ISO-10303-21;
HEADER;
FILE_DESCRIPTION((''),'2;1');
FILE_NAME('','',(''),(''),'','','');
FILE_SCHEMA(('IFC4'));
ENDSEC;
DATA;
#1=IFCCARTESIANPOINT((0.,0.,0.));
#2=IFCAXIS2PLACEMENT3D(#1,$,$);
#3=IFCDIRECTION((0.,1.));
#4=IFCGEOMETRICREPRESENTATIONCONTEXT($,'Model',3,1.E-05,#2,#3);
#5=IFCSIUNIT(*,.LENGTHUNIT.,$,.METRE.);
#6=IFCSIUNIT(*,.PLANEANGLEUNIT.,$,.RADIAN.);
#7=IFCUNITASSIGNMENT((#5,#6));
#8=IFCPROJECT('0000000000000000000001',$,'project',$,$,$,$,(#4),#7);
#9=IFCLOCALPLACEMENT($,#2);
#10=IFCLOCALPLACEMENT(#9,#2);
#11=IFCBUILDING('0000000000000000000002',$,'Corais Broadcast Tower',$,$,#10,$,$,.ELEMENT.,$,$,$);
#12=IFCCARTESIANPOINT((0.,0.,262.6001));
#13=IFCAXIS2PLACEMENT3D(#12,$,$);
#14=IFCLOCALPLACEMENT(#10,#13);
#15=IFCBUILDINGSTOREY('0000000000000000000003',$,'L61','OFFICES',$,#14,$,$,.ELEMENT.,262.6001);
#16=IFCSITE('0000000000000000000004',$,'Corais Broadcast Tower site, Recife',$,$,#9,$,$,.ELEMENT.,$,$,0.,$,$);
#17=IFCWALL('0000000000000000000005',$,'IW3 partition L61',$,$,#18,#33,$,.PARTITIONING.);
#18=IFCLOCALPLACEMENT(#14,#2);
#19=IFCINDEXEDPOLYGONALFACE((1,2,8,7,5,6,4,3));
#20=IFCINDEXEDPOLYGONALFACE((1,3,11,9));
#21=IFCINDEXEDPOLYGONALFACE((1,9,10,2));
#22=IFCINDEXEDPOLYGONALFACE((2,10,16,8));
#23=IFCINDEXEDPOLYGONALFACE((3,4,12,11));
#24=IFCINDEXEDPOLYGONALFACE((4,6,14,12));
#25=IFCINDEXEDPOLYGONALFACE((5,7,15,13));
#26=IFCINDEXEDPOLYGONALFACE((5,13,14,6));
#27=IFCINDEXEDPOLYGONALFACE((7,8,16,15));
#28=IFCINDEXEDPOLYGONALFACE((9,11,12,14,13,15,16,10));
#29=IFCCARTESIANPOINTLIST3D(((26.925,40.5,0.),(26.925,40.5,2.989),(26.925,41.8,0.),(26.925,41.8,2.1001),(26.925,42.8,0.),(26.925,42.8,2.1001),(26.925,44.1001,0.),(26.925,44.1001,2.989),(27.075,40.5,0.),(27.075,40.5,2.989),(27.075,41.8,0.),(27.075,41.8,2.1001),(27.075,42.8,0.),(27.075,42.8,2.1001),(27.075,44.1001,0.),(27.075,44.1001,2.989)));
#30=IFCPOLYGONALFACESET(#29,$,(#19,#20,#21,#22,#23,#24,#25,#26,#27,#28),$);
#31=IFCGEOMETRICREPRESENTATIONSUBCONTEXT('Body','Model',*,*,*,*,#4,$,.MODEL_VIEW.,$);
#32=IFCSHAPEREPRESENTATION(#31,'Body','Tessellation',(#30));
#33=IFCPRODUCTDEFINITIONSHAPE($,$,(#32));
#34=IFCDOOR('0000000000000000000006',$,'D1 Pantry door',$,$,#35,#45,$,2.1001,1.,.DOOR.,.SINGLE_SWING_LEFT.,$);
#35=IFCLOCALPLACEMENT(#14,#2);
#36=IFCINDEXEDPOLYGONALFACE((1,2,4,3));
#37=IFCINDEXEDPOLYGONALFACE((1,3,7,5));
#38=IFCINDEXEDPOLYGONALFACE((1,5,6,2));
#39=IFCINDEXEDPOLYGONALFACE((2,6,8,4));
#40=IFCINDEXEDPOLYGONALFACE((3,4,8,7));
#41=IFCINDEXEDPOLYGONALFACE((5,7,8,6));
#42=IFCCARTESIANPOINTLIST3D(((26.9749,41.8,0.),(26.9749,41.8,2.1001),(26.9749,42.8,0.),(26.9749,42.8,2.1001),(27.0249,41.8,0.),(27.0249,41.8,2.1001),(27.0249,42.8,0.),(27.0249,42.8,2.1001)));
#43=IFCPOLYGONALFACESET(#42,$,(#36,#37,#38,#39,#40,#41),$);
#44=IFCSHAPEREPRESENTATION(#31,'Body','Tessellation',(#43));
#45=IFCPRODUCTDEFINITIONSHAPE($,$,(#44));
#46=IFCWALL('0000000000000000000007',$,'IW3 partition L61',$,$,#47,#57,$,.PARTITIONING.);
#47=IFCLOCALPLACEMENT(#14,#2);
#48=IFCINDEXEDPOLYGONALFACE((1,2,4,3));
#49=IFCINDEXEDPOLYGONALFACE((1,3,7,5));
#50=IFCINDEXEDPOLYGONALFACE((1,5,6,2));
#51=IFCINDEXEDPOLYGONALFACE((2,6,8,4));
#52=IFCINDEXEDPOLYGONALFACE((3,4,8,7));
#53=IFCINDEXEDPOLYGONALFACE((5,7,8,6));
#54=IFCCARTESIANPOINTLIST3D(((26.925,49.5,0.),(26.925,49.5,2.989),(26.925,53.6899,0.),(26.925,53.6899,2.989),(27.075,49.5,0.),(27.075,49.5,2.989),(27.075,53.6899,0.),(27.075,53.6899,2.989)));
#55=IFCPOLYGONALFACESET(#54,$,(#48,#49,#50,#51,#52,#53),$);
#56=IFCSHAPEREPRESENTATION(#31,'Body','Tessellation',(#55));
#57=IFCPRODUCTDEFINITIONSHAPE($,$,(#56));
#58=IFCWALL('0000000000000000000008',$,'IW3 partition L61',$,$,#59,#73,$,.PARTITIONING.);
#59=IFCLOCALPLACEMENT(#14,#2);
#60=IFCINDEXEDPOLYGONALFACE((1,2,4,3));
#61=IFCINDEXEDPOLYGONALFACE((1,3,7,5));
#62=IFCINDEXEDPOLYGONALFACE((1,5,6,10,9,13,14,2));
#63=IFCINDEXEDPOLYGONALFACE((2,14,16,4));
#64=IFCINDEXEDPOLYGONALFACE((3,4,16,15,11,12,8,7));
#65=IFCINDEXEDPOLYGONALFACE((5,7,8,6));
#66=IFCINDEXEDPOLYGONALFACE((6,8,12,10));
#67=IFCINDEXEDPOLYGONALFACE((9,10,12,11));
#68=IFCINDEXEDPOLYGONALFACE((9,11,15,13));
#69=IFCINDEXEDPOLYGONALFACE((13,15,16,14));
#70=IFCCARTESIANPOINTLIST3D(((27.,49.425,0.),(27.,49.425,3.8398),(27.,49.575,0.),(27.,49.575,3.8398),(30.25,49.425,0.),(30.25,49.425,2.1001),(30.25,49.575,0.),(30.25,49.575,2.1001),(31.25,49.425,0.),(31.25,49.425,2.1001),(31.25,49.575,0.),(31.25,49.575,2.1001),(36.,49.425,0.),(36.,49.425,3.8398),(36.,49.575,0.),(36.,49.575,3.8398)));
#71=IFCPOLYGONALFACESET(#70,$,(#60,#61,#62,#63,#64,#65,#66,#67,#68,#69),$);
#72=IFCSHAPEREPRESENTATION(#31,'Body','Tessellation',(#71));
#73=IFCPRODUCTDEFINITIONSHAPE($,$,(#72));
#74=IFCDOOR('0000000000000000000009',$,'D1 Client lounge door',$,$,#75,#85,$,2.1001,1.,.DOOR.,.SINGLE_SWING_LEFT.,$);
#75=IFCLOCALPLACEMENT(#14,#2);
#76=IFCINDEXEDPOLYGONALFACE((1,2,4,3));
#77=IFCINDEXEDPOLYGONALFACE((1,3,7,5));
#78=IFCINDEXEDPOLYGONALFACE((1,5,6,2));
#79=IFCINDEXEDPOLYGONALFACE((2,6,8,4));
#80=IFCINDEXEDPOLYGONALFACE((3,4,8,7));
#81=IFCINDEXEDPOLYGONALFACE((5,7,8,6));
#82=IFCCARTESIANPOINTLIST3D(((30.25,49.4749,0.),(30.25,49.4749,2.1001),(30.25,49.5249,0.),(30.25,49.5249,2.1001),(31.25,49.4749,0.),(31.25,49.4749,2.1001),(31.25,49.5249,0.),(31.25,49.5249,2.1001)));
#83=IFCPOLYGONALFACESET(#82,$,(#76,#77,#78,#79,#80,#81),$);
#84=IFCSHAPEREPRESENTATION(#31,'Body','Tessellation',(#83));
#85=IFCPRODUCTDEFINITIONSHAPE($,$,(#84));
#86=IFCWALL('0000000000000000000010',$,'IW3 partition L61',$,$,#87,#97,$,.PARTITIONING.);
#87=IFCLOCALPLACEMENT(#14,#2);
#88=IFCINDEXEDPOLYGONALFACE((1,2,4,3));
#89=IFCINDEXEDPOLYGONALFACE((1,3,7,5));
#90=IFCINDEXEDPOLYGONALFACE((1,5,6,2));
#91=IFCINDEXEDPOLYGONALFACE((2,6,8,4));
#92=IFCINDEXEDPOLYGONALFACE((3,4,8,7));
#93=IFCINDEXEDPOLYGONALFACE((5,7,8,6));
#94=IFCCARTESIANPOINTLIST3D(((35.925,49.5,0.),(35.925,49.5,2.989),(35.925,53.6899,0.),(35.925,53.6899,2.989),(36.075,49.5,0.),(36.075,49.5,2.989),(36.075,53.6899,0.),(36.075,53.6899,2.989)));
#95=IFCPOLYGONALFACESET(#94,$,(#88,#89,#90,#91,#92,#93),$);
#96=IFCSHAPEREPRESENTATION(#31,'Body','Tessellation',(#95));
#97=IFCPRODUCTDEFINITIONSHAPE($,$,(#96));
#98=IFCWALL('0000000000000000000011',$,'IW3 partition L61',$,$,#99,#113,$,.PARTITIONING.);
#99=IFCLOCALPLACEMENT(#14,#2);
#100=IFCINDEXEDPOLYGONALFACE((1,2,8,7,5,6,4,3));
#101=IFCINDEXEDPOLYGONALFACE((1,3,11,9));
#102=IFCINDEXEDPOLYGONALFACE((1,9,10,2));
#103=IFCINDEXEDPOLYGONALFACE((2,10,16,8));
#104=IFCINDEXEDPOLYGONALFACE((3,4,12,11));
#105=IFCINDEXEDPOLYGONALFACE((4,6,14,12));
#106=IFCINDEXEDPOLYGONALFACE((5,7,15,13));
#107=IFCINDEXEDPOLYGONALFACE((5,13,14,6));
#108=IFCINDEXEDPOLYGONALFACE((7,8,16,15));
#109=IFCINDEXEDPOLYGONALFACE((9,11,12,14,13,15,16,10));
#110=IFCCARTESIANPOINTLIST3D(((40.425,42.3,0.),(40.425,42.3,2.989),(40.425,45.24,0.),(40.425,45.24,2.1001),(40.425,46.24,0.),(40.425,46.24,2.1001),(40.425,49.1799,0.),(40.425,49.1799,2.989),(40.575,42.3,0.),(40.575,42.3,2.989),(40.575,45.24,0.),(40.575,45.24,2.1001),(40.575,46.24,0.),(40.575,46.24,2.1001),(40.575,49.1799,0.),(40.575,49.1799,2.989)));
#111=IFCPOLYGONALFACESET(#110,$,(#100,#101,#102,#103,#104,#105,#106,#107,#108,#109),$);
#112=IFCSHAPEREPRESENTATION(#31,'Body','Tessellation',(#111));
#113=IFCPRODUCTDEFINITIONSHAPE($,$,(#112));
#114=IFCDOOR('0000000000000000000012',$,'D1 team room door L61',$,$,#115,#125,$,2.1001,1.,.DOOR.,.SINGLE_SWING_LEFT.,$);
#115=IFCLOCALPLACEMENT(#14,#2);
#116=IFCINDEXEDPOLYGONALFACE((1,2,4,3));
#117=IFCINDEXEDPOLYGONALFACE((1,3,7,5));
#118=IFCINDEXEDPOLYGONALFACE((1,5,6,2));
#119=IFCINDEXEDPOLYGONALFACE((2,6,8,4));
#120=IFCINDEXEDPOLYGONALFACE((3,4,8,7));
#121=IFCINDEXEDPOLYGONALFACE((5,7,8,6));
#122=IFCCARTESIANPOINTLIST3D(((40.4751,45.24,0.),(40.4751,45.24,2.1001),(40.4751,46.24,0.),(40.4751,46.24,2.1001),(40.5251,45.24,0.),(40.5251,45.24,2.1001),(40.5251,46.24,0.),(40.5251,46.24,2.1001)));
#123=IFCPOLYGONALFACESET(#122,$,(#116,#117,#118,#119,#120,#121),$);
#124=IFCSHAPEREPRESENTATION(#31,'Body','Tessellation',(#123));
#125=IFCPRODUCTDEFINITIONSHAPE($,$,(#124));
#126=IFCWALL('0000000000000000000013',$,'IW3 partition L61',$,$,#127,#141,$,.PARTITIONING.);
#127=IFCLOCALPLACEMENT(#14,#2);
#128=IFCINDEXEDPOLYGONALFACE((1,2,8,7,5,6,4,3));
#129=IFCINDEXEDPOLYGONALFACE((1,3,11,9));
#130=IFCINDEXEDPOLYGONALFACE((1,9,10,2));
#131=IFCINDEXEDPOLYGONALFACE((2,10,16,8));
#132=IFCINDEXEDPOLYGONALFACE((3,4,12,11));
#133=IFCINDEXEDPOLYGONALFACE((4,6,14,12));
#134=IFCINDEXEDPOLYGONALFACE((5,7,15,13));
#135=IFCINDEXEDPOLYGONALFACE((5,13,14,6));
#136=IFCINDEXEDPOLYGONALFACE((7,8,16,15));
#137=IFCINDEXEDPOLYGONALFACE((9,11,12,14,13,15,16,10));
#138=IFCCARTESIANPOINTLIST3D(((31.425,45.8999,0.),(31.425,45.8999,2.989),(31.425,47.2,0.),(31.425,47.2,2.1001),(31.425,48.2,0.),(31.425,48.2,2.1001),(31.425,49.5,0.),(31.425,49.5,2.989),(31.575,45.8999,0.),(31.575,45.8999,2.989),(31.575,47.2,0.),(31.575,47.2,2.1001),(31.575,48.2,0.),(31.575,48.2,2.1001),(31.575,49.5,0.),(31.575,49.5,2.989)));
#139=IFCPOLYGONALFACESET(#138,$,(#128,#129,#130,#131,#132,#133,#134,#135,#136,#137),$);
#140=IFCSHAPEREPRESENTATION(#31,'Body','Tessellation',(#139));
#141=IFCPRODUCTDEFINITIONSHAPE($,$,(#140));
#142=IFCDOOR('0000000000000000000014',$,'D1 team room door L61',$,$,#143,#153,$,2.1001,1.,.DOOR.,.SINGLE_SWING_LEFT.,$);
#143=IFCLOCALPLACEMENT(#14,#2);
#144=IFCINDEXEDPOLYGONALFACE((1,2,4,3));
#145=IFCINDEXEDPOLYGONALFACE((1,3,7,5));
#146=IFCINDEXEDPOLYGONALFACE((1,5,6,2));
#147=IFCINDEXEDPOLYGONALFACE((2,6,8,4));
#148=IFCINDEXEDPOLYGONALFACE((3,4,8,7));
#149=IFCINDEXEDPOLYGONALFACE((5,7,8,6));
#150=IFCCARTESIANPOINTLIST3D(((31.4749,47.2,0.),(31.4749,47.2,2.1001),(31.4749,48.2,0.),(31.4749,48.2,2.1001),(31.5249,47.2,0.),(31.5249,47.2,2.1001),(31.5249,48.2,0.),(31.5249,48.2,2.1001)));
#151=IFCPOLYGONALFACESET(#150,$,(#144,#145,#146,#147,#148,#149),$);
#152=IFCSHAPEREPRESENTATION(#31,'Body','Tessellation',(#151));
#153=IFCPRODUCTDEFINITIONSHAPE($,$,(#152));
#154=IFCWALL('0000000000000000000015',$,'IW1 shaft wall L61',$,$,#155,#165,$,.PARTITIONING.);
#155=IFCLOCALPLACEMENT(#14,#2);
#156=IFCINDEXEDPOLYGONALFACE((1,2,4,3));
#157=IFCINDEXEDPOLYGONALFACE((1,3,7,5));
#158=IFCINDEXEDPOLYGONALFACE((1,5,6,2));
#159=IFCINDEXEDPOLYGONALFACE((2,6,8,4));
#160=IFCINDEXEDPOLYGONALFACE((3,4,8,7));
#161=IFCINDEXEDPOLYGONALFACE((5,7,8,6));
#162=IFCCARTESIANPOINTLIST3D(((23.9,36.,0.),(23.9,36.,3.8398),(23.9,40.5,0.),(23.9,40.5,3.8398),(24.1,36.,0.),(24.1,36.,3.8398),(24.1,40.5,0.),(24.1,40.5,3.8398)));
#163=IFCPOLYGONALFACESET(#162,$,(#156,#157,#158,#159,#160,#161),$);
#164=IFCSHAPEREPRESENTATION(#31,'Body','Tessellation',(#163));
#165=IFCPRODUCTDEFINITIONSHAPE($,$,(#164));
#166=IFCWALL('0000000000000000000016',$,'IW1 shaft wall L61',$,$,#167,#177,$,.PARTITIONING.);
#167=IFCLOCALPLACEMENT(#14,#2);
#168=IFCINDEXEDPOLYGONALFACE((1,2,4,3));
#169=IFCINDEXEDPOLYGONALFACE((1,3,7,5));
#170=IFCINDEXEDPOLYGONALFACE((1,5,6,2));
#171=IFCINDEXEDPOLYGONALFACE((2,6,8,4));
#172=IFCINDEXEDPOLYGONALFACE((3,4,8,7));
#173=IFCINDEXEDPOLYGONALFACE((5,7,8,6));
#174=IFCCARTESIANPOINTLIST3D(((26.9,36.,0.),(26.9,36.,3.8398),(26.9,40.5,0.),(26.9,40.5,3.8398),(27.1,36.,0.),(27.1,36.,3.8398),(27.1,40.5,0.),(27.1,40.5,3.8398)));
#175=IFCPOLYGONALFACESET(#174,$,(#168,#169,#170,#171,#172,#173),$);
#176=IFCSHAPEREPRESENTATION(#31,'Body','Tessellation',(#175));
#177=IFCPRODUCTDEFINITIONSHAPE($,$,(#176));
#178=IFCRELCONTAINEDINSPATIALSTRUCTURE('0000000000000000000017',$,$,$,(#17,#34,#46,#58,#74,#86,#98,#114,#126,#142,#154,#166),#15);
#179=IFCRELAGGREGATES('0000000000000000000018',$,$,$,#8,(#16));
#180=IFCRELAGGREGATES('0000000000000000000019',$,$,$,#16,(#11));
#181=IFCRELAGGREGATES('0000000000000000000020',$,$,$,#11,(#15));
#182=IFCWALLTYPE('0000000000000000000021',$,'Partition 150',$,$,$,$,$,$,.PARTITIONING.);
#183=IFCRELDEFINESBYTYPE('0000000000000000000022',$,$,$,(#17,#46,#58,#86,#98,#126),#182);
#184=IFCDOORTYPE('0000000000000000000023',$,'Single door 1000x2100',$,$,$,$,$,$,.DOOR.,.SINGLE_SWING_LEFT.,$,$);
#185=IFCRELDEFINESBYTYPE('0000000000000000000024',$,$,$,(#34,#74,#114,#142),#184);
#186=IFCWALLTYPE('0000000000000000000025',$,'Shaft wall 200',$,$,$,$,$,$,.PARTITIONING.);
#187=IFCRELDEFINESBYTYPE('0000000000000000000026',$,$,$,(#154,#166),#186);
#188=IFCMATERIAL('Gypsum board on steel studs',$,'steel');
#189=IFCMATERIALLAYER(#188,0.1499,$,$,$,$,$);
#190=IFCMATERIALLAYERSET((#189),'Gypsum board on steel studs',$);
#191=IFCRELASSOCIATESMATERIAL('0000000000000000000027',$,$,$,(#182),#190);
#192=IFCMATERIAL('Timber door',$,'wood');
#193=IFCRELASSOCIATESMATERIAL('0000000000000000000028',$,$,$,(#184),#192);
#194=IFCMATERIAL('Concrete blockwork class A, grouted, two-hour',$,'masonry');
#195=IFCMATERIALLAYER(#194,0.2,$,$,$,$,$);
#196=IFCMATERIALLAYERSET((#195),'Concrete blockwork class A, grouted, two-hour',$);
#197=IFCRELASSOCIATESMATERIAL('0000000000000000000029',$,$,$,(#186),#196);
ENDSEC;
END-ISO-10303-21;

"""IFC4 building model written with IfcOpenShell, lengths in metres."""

from ifc_helpers import new_model, si_unit, direction, frame, frame_2d, origin, place, context, subcontext, project, spatial, rectangle, extrude, material, layer, layer_set, type_object, element, fill, save


model = new_model("IFC4")

# Units and contexts
model_context = context("Model", 3, precision=1e-05, world=origin(), true_north=direction((0.0, 1.0)))
body_context = subcontext(model_context, "Body", "Model", "MODEL_VIEW")
ifc_project = project(units=[si_unit("LENGTHUNIT", "METRE"), si_unit("PLANEANGLEUNIT", "RADIAN")], contexts=[model_context])

# Site, building, storey
site_placement = place(None, origin())
site = spatial("IfcSite", under=ifc_project, at=site_placement, Name="Corais Broadcast Tower site, Recife", CompositionType="ELEMENT", RefElevation=0.0)
building_placement = place(site_placement, origin())
building = spatial("IfcBuilding", under=site, at=building_placement, Name="Corais Broadcast Tower", CompositionType="ELEMENT")
storey_placement = place(building_placement, frame((0.0, 0.0, 262.6001)))
storey = spatial("IfcBuildingStorey", under=building, at=storey_placement, Name="L61", Description="OFFICES", CompositionType="ELEMENT", Elevation=262.6001)

# Shared definitions
ifc_material_1 = material(Name="Gypsum board on steel studs", Category="steel")
ifc_layer_1 = layer(ifc_material_1, 0.1499)
ifc_layer_set_1 = layer_set([ifc_layer_1], Name="Gypsum board on steel studs")
wall_type_1 = type_object("IfcWallType", Name="Partition 150", PredefinedType="PARTITIONING", material=ifc_layer_set_1)
ifc_material_2 = material(Name="Timber door", Category="wood")
door_type = type_object("IfcDoorType", Name="Single door 1000x2100", OperationType="SINGLE_SWING_LEFT", PredefinedType="DOOR", material=ifc_material_2)

# Wall, opening, door
wall_1_placement = place(storey_placement, frame((27.0, 44.1001, 0.0), z_axis=(0.0, 0.0, 1.0), x_axis=(0.0, -1.0, 0.0)))
wall_1 = element("IfcWall", 1, at=wall_1_placement, inside=storey, type_object=wall_type_1, Name="IW3 partition L61", PredefinedType="PARTITIONING", context=body_context, shape_type="SweptSolid", body=[
    extrude(rectangle(XDim=3.6001, YDim=0.1499, at=frame_2d((1.8, 0.0))), origin(), (0.0, 0.0, 1.0), 2.989),
])
opening_1_placement = place(wall_1_placement, frame((1.3, 0.0, 0.0)))
opening_1 = element("IfcOpeningElement", 2, at=opening_1_placement, cuts=wall_1, PredefinedType="OPENING", context=body_context, shape_type="SweptSolid", body=[
    extrude(rectangle(XDim=1.0, YDim=2.1001, at=frame_2d((0.5, 1.05))), frame((0.0, 0.085, 0.0), z_axis=(0.0, -1.0, 0.0), x_axis=(1.0, 0.0, 0.0)), (0.0, 0.0, 1.0), 0.1699),
])
door_1_placement = place(opening_1_placement, origin())
door_1 = element("IfcDoor", 3, at=door_1_placement, inside=storey, type_object=door_type, Name="D1 Pantry door", OperationType="SINGLE_SWING_LEFT", OverallHeight=2.1001, OverallWidth=1.0, PredefinedType="DOOR", context=body_context, shape_type="SweptSolid", body=[
    extrude(rectangle(XDim=1.0, YDim=2.1001, at=frame_2d((0.5, 1.05))), frame((0.0, 0.0249, 0.0), z_axis=(0.0, -1.0, 0.0), x_axis=(1.0, 0.0, 0.0)), (0.0, 0.0, 1.0), 0.05),
])
fill(opening_1, door_1)

# Wall
wall_2_placement = place(storey_placement, frame((27.0, 49.5, 0.0), z_axis=(0.0, 0.0, 1.0), x_axis=(0.0, 1.0, 0.0)))
element("IfcWall", 4, at=wall_2_placement, inside=storey, type_object=wall_type_1, Name="IW3 partition L61", PredefinedType="PARTITIONING", context=body_context, shape_type="SweptSolid", body=[
    extrude(rectangle(XDim=4.1899, YDim=0.1499, at=frame_2d((2.095, 0.0))), origin(), (0.0, 0.0, 1.0), 2.989),
])

# Wall, opening, door
wall_3_placement = place(storey_placement, frame((27.0, 49.5, 0.0), z_axis=(0.0, 0.0, 1.0), x_axis=(1.0, 0.0, 0.0)))
wall_3 = element("IfcWall", 5, at=wall_3_placement, inside=storey, type_object=wall_type_1, Name="IW3 partition L61", PredefinedType="PARTITIONING", context=body_context, shape_type="SweptSolid", body=[
    extrude(rectangle(XDim=9.0, YDim=0.1499, at=frame_2d((4.5, 0.0))), origin(), (0.0, 0.0, 1.0), 3.8398),
])
opening_2_placement = place(wall_3_placement, frame((3.25, 0.0, 0.0)))
opening_2 = element("IfcOpeningElement", 6, at=opening_2_placement, cuts=wall_3, PredefinedType="OPENING", context=body_context, shape_type="SweptSolid", body=[
    extrude(rectangle(XDim=1.0, YDim=2.1001, at=frame_2d((0.5, 1.05))), frame((0.0, 0.085, 0.0), z_axis=(0.0, -1.0, 0.0), x_axis=(1.0, 0.0, 0.0)), (0.0, 0.0, 1.0), 0.1699),
])
door_2_placement = place(opening_2_placement, origin())
door_2 = element("IfcDoor", 7, at=door_2_placement, inside=storey, type_object=door_type, Name="D1 Client lounge door", OperationType="SINGLE_SWING_LEFT", OverallHeight=2.1001, OverallWidth=1.0, PredefinedType="DOOR", context=body_context, shape_type="SweptSolid", body=[
    extrude(rectangle(XDim=1.0, YDim=2.1001, at=frame_2d((0.5, 1.05))), frame((0.0, 0.0249, 0.0), z_axis=(0.0, -1.0, 0.0), x_axis=(1.0, 0.0, 0.0)), (0.0, 0.0, 1.0), 0.05),
])
fill(opening_2, door_2)

# Wall
wall_4_placement = place(storey_placement, frame((36.0, 49.5, 0.0), z_axis=(0.0, 0.0, 1.0), x_axis=(0.0, 1.0, 0.0)))
element("IfcWall", 8, at=wall_4_placement, inside=storey, type_object=wall_type_1, Name="IW3 partition L61", PredefinedType="PARTITIONING", context=body_context, shape_type="SweptSolid", body=[
    extrude(rectangle(XDim=4.1899, YDim=0.1499, at=frame_2d((2.095, 0.0))), origin(), (0.0, 0.0, 1.0), 2.989),
])

# Walls, openings, doors
wall_5_placement = place(storey_placement, frame((40.5, 42.3, 0.0), z_axis=(0.0, 0.0, 1.0), x_axis=(0.0, 1.0, 0.0)))
wall_5 = element("IfcWall", 9, at=wall_5_placement, inside=storey, type_object=wall_type_1, Name="IW3 partition L61", PredefinedType="PARTITIONING", context=body_context, shape_type="SweptSolid", body=[
    extrude(rectangle(XDim=6.8799, YDim=0.1499, at=frame_2d((3.4399, 0.0))), origin(), (0.0, 0.0, 1.0), 2.989),
])
opening_3_placement = place(wall_5_placement, frame((2.9399, 0.0, 0.0)))
opening_3 = element("IfcOpeningElement", 10, at=opening_3_placement, cuts=wall_5, PredefinedType="OPENING", context=body_context, shape_type="SweptSolid", body=[
    extrude(rectangle(XDim=1.0, YDim=2.1001, at=frame_2d((0.5, 1.05))), frame((0.0, 0.085, 0.0), z_axis=(0.0, -1.0, 0.0), x_axis=(1.0, 0.0, 0.0)), (0.0, 0.0, 1.0), 0.1699),
])
door_3_placement = place(opening_3_placement, origin())
door_3 = element("IfcDoor", 11, at=door_3_placement, inside=storey, type_object=door_type, Name="D1 team room door L61", OperationType="SINGLE_SWING_LEFT", OverallHeight=2.1001, OverallWidth=1.0, PredefinedType="DOOR", context=body_context, shape_type="SweptSolid", body=[
    extrude(rectangle(XDim=1.0, YDim=2.1001, at=frame_2d((0.5, 1.05))), frame((0.0, 0.0249, 0.0), z_axis=(0.0, -1.0, 0.0), x_axis=(1.0, 0.0, 0.0)), (0.0, 0.0, 1.0), 0.05),
])
fill(opening_3, door_3)
wall_6_placement = place(storey_placement, frame((31.5, 49.5, 0.0), z_axis=(0.0, 0.0, 1.0), x_axis=(0.0, -1.0, 0.0)))
wall_6 = element("IfcWall", 12, at=wall_6_placement, inside=storey, type_object=wall_type_1, Name="IW3 partition L61", PredefinedType="PARTITIONING", context=body_context, shape_type="SweptSolid", body=[
    extrude(rectangle(XDim=3.6001, YDim=0.1499, at=frame_2d((1.8, 0.0))), origin(), (0.0, 0.0, 1.0), 2.989),
])
opening_4_placement = place(wall_6_placement, frame((1.3, 0.0, 0.0)))
opening_4 = element("IfcOpeningElement", 13, at=opening_4_placement, cuts=wall_6, PredefinedType="OPENING", context=body_context, shape_type="SweptSolid", body=[
    extrude(rectangle(XDim=1.0, YDim=2.1001, at=frame_2d((0.5, 1.05))), frame((0.0, 0.085, 0.0), z_axis=(0.0, -1.0, 0.0), x_axis=(1.0, 0.0, 0.0)), (0.0, 0.0, 1.0), 0.1699),
])
door_4_placement = place(opening_4_placement, origin())
door_4 = element("IfcDoor", 14, at=door_4_placement, inside=storey, type_object=door_type, Name="D1 team room door L61", OperationType="SINGLE_SWING_LEFT", OverallHeight=2.1001, OverallWidth=1.0, PredefinedType="DOOR", context=body_context, shape_type="SweptSolid", body=[
    extrude(rectangle(XDim=1.0, YDim=2.1001, at=frame_2d((0.5, 1.05))), frame((0.0, 0.0249, 0.0), z_axis=(0.0, -1.0, 0.0), x_axis=(1.0, 0.0, 0.0)), (0.0, 0.0, 1.0), 0.05),
])
fill(opening_4, door_4)

# Walls
ifc_material_3 = material(Name="Concrete blockwork class A, grouted, two-hour", Category="masonry")
ifc_layer_2 = layer(ifc_material_3, 0.2)
ifc_layer_set_2 = layer_set([ifc_layer_2], Name="Concrete blockwork class A, grouted, two-hour")
wall_type_2 = type_object("IfcWallType", Name="Shaft wall 200", PredefinedType="PARTITIONING", material=ifc_layer_set_2)
for number, where, z_axis, x_axis, name in (
    (15, (24.0, 36.0, 0.0), (0.0, 0.0, 1.0), (0.0, 1.0, 0.0), "IW1 shaft wall L61"),
    (16, (27.0, 36.0, 0.0), (0.0, 0.0, 1.0), (0.0, 1.0, 0.0), "IW1 shaft wall L61"),
):
    element("IfcWall", number, at=place(storey_placement, frame(where, z_axis=z_axis, x_axis=x_axis)), inside=storey, type_object=wall_type_2, Name=name, PredefinedType="PARTITIONING", context=body_context, shape_type="SweptSolid", body=[
        extrude(rectangle(XDim=4.5, YDim=0.2, at=frame_2d((2.25, 0.0))), origin(), (0.0, 0.0, 1.0), 3.8398),
    ])

save(model, "model.ifc")
